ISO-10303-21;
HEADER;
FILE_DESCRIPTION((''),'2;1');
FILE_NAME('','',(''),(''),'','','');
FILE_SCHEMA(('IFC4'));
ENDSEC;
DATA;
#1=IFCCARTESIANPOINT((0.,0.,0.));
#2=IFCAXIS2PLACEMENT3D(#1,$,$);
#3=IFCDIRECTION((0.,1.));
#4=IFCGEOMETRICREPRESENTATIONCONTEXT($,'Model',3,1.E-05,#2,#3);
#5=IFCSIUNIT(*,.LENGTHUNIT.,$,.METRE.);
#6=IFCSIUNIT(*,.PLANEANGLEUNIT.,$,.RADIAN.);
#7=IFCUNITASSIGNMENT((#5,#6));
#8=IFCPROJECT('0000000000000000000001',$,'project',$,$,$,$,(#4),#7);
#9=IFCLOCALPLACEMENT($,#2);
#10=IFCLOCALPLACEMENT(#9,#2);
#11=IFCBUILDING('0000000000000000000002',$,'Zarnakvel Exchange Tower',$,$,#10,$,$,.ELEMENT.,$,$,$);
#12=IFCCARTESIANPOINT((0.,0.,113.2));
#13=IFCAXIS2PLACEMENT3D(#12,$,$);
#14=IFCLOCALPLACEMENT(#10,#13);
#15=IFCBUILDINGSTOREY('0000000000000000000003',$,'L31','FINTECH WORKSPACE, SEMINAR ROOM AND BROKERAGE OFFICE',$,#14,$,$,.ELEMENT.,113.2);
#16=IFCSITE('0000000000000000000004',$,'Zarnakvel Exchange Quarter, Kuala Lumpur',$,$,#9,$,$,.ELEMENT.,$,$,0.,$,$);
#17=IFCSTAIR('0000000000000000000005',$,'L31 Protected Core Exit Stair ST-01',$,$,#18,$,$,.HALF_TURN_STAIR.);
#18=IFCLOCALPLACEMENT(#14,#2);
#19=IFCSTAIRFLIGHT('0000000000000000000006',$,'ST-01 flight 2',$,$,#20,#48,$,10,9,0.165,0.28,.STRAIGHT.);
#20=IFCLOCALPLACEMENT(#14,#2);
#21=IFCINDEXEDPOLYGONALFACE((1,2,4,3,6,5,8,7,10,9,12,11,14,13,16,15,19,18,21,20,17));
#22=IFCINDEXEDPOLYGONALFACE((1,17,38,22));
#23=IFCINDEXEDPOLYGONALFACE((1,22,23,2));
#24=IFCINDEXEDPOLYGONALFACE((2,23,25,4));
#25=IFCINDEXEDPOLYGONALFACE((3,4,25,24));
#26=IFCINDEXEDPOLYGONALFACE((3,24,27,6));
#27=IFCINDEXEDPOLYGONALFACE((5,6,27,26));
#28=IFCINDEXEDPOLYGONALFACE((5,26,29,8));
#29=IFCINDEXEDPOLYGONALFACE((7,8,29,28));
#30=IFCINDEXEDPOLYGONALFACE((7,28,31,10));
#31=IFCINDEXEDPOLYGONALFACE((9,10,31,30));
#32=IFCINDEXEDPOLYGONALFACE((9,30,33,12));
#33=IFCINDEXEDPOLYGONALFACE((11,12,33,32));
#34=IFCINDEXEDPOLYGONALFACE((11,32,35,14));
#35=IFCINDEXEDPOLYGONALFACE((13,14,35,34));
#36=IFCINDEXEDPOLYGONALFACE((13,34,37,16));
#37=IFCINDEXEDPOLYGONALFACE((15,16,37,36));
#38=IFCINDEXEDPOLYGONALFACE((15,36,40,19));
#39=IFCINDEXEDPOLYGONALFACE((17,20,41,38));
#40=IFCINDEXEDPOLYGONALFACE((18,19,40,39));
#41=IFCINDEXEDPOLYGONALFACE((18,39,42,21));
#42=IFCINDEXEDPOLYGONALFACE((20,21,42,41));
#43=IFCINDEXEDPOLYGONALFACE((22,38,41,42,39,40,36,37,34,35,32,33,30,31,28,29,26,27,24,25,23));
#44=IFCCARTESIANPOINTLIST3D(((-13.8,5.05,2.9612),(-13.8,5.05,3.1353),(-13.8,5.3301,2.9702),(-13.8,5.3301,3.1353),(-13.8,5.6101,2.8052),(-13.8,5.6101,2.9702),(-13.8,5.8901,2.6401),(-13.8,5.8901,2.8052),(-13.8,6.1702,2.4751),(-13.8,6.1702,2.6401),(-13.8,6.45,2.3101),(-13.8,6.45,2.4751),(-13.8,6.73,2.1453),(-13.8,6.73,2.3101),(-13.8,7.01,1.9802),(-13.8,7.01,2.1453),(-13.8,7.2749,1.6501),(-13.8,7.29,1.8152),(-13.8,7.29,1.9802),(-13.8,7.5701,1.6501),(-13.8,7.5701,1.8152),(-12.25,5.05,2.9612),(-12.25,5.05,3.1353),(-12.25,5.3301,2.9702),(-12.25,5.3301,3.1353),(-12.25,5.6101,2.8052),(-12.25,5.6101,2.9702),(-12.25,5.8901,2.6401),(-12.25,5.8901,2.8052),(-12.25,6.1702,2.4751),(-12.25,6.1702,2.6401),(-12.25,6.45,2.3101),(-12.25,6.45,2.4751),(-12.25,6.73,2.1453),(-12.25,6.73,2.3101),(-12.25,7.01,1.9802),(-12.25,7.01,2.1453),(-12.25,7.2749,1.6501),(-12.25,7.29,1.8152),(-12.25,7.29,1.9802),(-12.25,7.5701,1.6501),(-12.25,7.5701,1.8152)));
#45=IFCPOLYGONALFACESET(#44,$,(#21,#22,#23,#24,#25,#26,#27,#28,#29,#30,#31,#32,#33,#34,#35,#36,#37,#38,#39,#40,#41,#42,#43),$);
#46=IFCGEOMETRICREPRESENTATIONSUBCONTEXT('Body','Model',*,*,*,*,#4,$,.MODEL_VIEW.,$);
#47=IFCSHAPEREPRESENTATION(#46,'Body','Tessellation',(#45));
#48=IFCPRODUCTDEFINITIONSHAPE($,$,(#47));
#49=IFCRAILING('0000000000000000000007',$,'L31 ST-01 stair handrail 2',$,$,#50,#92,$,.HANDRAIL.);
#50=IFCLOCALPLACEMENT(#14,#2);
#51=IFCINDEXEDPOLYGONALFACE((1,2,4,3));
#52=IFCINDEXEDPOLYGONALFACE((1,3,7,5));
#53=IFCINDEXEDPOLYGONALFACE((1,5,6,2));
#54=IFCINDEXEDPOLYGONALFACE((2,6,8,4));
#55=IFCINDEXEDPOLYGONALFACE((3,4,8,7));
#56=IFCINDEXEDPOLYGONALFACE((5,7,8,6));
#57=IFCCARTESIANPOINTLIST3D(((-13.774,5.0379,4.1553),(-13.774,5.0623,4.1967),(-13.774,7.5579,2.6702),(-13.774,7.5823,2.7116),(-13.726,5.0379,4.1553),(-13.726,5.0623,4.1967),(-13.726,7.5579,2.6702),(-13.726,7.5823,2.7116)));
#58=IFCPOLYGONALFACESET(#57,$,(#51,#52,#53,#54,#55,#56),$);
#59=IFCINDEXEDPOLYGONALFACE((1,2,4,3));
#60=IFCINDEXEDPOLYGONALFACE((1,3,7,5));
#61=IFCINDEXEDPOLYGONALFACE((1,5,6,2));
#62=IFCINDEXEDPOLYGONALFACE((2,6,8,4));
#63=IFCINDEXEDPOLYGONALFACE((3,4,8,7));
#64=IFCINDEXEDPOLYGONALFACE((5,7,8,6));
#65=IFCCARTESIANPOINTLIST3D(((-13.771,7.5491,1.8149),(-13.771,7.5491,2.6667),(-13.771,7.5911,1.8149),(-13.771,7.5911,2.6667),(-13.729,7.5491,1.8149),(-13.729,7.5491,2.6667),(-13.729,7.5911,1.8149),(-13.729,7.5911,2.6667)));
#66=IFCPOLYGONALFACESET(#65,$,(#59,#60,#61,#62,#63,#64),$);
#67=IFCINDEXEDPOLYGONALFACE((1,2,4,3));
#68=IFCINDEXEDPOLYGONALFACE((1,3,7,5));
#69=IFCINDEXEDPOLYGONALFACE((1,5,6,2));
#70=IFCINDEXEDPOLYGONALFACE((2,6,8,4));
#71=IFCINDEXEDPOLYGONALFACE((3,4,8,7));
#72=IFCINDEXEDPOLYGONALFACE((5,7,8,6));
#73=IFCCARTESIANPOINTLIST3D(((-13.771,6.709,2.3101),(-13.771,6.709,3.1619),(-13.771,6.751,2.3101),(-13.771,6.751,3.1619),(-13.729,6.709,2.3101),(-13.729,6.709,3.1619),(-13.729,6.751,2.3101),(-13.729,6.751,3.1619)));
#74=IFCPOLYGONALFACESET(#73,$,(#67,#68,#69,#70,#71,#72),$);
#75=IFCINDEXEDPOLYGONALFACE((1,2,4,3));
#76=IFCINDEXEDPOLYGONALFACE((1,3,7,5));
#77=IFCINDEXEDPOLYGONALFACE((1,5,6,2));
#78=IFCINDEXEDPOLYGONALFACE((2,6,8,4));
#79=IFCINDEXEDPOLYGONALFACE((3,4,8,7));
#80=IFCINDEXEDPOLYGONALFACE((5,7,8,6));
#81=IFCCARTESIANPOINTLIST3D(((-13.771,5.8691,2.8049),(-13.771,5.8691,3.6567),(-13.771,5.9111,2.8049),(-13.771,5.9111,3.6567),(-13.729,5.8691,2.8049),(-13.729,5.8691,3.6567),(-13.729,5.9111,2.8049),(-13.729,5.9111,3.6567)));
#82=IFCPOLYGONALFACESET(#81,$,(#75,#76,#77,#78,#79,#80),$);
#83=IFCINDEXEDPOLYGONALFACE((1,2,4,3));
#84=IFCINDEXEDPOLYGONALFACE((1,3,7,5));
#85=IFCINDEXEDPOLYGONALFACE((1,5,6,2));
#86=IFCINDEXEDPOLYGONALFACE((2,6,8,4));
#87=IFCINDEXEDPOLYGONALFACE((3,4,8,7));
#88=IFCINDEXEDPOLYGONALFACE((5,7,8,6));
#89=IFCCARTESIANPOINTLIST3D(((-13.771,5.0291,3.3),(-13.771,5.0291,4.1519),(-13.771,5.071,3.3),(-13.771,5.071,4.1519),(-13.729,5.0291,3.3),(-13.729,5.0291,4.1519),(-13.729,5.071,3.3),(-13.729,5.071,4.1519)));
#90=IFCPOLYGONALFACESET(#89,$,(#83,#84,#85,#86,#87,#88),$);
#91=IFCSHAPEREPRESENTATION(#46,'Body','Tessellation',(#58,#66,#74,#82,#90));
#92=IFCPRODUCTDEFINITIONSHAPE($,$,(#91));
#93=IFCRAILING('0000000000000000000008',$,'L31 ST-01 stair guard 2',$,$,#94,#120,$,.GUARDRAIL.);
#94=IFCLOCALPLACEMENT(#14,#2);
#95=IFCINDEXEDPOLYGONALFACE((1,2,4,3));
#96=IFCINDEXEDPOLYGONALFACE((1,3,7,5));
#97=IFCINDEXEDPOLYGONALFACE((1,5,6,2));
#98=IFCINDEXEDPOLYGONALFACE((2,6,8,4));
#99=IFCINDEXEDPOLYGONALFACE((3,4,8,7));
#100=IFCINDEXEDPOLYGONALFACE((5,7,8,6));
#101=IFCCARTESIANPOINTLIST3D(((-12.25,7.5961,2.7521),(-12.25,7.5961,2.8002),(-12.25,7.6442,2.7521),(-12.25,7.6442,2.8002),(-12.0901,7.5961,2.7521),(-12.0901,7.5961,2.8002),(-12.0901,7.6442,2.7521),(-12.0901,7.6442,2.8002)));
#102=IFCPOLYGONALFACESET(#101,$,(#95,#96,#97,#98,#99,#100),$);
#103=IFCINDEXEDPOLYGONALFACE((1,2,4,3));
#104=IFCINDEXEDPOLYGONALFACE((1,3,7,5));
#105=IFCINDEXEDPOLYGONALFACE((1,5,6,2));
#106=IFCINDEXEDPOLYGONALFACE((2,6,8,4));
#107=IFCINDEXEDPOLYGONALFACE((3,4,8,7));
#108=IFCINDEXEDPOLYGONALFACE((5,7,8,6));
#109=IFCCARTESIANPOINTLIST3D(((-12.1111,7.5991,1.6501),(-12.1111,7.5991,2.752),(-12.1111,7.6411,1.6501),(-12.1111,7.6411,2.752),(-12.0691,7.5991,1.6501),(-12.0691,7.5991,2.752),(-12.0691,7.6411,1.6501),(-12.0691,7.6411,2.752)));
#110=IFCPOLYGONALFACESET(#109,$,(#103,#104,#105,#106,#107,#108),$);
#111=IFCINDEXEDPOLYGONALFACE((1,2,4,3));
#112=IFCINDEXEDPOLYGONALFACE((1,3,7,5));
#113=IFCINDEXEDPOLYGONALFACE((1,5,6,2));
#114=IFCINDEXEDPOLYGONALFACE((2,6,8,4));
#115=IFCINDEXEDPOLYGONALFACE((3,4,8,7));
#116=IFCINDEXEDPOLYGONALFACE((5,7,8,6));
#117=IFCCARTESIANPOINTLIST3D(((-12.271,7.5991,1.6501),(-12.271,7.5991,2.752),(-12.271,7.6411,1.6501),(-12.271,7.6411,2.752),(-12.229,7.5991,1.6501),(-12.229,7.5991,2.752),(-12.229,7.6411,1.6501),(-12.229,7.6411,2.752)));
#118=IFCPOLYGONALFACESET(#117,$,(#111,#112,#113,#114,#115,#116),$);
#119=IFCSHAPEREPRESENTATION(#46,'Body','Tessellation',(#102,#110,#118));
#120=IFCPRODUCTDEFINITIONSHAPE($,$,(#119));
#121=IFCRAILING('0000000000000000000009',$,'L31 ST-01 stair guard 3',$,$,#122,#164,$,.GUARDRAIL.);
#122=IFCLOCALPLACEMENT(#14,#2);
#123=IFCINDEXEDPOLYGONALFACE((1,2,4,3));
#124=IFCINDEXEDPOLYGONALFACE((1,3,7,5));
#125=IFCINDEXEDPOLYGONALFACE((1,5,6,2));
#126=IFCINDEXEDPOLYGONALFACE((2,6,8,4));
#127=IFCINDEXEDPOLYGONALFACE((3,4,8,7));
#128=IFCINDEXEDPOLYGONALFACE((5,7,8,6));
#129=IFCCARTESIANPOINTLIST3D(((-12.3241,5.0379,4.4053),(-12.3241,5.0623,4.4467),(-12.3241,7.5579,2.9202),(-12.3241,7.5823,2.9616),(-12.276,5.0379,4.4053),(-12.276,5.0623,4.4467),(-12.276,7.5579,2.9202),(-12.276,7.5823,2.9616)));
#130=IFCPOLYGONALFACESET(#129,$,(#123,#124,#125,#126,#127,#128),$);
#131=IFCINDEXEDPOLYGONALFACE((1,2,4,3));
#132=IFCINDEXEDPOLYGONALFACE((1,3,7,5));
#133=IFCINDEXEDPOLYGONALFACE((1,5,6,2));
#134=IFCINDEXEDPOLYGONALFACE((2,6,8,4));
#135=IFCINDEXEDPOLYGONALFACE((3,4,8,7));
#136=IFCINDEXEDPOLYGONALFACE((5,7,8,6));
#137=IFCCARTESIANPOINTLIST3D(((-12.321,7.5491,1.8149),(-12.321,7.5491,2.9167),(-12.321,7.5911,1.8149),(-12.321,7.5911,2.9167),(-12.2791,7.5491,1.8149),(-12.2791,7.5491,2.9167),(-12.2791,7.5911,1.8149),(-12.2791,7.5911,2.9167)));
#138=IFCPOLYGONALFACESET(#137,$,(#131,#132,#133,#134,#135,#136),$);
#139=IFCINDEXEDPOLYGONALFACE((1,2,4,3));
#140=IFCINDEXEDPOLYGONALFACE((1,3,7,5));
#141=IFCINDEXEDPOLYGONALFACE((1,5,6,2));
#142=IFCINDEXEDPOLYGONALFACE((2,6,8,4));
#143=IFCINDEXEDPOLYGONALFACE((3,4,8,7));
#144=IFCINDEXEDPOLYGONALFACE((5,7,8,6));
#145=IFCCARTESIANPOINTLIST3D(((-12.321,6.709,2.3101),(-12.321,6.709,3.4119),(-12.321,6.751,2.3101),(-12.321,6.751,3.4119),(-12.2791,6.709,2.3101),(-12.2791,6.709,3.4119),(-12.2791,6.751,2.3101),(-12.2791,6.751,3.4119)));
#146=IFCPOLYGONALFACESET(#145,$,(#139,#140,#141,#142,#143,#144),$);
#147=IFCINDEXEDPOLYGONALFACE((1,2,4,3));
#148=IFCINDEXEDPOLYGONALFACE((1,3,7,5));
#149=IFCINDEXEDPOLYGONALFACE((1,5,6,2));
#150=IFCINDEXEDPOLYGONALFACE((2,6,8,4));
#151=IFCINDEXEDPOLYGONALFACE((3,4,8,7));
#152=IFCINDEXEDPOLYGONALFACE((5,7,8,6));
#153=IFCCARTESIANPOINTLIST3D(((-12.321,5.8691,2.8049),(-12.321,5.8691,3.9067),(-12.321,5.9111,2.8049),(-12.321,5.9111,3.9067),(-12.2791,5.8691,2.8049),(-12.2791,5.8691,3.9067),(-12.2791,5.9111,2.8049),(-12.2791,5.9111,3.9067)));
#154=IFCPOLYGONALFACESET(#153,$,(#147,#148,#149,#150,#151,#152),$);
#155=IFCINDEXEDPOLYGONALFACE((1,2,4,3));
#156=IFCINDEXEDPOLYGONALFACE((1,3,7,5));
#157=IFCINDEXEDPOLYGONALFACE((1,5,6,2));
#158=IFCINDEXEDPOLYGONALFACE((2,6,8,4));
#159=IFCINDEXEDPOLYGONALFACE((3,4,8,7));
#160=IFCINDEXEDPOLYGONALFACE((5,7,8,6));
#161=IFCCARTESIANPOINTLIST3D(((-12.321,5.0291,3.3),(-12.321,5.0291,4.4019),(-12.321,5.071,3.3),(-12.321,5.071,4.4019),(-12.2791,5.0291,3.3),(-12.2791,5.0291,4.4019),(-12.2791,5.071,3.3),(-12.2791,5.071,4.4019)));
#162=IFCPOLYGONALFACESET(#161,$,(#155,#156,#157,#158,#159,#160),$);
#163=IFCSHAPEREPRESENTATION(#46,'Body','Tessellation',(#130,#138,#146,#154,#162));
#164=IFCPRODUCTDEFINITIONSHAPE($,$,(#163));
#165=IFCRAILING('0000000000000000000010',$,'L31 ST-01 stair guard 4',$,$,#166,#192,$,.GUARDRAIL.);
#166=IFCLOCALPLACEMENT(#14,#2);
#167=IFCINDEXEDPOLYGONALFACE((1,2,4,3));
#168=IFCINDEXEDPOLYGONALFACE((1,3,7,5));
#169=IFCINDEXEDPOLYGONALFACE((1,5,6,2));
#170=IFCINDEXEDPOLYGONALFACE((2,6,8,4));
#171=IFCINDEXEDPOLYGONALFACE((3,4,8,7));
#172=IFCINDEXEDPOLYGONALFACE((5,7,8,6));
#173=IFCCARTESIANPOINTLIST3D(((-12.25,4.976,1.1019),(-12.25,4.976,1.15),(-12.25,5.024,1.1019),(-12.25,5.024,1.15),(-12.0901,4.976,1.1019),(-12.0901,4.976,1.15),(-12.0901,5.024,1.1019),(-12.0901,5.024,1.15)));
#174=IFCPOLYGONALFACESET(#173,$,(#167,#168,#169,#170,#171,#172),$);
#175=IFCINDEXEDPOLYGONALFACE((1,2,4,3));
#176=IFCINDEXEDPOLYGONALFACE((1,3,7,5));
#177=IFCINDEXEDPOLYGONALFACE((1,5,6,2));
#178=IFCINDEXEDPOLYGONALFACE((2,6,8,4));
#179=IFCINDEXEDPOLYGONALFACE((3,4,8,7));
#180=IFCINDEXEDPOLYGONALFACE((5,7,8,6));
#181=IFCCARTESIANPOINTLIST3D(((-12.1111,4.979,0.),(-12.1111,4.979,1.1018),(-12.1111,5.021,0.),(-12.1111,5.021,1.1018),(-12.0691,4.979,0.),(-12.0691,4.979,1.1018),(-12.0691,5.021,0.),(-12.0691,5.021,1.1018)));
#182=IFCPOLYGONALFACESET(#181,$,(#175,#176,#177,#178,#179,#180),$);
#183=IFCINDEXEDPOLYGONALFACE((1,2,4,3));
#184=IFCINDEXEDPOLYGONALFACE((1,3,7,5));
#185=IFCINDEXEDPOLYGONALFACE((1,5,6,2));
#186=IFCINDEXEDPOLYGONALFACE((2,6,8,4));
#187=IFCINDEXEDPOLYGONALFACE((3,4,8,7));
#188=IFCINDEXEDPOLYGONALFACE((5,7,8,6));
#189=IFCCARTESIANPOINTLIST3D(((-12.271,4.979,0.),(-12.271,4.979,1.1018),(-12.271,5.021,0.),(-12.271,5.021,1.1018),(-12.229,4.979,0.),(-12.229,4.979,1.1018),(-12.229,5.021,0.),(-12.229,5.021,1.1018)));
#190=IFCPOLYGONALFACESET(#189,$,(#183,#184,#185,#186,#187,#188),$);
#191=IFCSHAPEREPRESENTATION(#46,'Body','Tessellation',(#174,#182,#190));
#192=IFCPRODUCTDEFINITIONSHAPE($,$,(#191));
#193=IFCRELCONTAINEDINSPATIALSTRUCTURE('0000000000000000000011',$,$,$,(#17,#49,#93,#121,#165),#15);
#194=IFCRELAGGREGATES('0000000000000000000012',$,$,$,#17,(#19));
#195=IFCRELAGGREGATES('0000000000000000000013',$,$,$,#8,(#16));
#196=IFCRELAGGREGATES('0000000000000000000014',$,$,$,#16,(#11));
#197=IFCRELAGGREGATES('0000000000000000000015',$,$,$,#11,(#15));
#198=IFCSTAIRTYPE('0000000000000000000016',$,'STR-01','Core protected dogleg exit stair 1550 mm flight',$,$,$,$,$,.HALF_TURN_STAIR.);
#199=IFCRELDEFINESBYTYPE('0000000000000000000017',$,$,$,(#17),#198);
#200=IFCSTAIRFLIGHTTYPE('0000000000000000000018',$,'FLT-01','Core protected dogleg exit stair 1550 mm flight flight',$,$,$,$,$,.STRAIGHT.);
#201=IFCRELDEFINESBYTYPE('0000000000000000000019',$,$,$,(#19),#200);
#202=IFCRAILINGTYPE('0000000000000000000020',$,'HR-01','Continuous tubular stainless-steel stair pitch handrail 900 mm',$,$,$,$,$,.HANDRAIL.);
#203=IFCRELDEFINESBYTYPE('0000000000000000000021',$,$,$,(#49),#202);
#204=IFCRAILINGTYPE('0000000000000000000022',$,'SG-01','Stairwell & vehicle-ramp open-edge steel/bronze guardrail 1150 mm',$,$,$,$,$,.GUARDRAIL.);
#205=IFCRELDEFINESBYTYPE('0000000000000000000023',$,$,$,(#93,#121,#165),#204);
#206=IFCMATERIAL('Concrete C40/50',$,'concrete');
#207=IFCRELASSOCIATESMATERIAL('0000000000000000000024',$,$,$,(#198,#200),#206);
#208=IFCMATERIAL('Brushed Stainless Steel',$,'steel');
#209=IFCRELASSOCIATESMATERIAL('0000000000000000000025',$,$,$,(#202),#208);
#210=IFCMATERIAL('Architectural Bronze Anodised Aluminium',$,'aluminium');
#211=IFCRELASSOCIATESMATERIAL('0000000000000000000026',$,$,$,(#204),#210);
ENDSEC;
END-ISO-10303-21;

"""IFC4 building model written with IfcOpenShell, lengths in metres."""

from ifc_helpers import new_model, si_unit, direction, frame, origin, origin_2d, place, context, subcontext, project, spatial, polyline, rectangle, outline, extrude, material, type_object, element, aggregate, save


model = new_model("IFC4")

# Units and contexts
model_context = context("Model", 3, precision=1e-05, world=origin(), true_north=direction((0.0, 1.0)))
body_context = subcontext(model_context, "Body", "Model", "MODEL_VIEW")
ifc_project = project(units=[si_unit("LENGTHUNIT", "METRE"), si_unit("PLANEANGLEUNIT", "RADIAN")], contexts=[model_context])

# Site, building, storey
site_placement = place(None, origin())
site = spatial("IfcSite", under=ifc_project, at=site_placement, Name="Zarnakvel Exchange Quarter, Kuala Lumpur", CompositionType="ELEMENT", RefElevation=0.0)
building_placement = place(site_placement, origin())
building = spatial("IfcBuilding", under=site, at=building_placement, Name="Zarnakvel Exchange Tower", CompositionType="ELEMENT")
storey_placement = place(building_placement, frame((0.0, 0.0, 113.2)))
storey = spatial("IfcBuildingStorey", under=building, at=storey_placement, Name="L31", Description="FINTECH WORKSPACE, SEMINAR ROOM AND BROKERAGE OFFICE", CompositionType="ELEMENT", Elevation=113.2)

# Shared definitions
ifc_material_1 = material(Name="Architectural Bronze Anodised Aluminium", Category="aluminium")

# Stair, stair flight
ifc_material_2 = material(Name="Concrete C40/50", Category="concrete")
stair_type = type_object("IfcStairType", Name="STR-01", Description="Core protected dogleg exit stair 1550 mm flight", PredefinedType="HALF_TURN_STAIR", material=ifc_material_2)
stair_placement = place(storey_placement, origin())
stair = element("IfcStair", 1, at=stair_placement, inside=storey, type_object=stair_type, Name="L31 Protected Core Exit Stair ST-01", PredefinedType="HALF_TURN_STAIR")
stair_flight_type = type_object("IfcStairFlightType", Name="FLT-01", Description="Core protected dogleg exit stair 1550 mm flight flight", PredefinedType="STRAIGHT", material=ifc_material_2)
stair_flight_placement = place(storey_placement, frame((-13.0249, 7.5701, 1.6501), z_axis=(0.0, 0.0, 1.0), x_axis=(0.0, -1.0, 0.0)))
stair_flight = element("IfcStairFlight", 2, at=stair_flight_placement, type_object=stair_flight_type, Name="ST-01 flight 2", NumberOfRisers=10, NumberOfTreads=9, PredefinedType="STRAIGHT", RiserHeight=0.165, TreadLength=0.28, context=body_context, shape_type="SweptSolid", body=[
    extrude(outline(polyline([(0.0, 0.0), (0.0, 0.165), (0.28, 0.165), (0.28, 0.3301), (0.5601, 0.3301), (0.5601, 0.4951), (0.8401, 0.4951), (0.8401, 0.6599), (1.1201, 0.6599), (1.1201, 0.825), (1.3999, 0.825), (1.3999, 0.99), (1.6799, 0.99), (1.6799, 1.155), (1.96, 1.155), (1.96, 1.3201), (2.24, 1.3201), (2.24, 1.4851), (2.52, 1.4851), (2.52, 1.6499), (2.52, 1.311), (0.2952, 0.0), (0.0, 0.0)])), frame((0.0, 0.7749, 0.0), z_axis=(0.0, -1.0, 0.0), x_axis=(1.0, 0.0, 0.0)), (0.0, 0.0, 1.0), 1.55),
])
aggregate(stair, [stair_flight])

# Railings
ifc_material_3 = material(Name="Brushed Stainless Steel", Category="steel")
railing_type_1 = type_object("IfcRailingType", Name="HR-01", Description="Continuous tubular stainless-steel stair pitch handrail 900 mm", PredefinedType="HANDRAIL", material=ifc_material_3)
railing_1_placement = place(storey_placement, frame((-13.75, 7.5701, 1.8149)))
element("IfcRailing", 3, at=railing_1_placement, inside=storey, type_object=railing_type_1, Name="L31 ST-01 stair handrail 2", PredefinedType="HANDRAIL", context=body_context, shape_type="SweptSolid", body=[
    extrude(rectangle(XDim=0.0481, YDim=0.0481, at=origin_2d()), frame((0.0, 0.0, 0.876), z_axis=(0.0, -0.861524, 0.507717), x_axis=(1.0, 0.0, 0.0)), (0.0, 0.0, 1.0), 2.925),
    extrude(rectangle(XDim=0.042, YDim=0.042, at=origin_2d()), origin(), (0.0, 0.0, 1.0), 0.8518),
    extrude(rectangle(XDim=0.042, YDim=0.042, at=origin_2d()), frame((0.0, -0.8401, 0.4951)), (0.0, 0.0, 1.0), 0.8518),
    extrude(rectangle(XDim=0.042, YDim=0.042, at=origin_2d()), frame((0.0, -1.6799, 0.99)), (0.0, 0.0, 1.0), 0.8518),
    extrude(rectangle(XDim=0.042, YDim=0.042, at=origin_2d()), frame((0.0, -2.52, 1.4851)), (0.0, 0.0, 1.0), 0.8518),
])
railing_type_2 = type_object("IfcRailingType", Name="SG-01", Description="Stairwell & vehicle-ramp open-edge steel/bronze guardrail 1150 mm", PredefinedType="GUARDRAIL", material=ifc_material_1)
railing_2_placement = place(storey_placement, frame((-12.0901, 7.6201, 1.6501)))
element("IfcRailing", 4, at=railing_2_placement, inside=storey, type_object=railing_type_2, Name="L31 ST-01 stair guard 2", PredefinedType="GUARDRAIL", context=body_context, shape_type="SweptSolid", body=[
    extrude(rectangle(XDim=0.0481, YDim=0.0481, at=origin_2d()), frame((0.0, 0.0, 1.126), z_axis=(-1.0, 0.0, 0.0), x_axis=(0.0, -1.0, 0.0)), (0.0, 0.0, 1.0), 0.1599),
    extrude(rectangle(XDim=0.042, YDim=0.042, at=origin_2d()), origin(), (0.0, 0.0, 1.0), 1.1018),
    extrude(rectangle(XDim=0.042, YDim=0.042, at=origin_2d()), frame((-0.1599, 0.0, 0.0)), (0.0, 0.0, 1.0), 1.1018),
])
railing_3_placement = place(storey_placement, frame((-12.3, 7.5701, 1.8149)))
element("IfcRailing", 5, at=railing_3_placement, inside=storey, type_object=railing_type_2, Name="L31 ST-01 stair guard 3", PredefinedType="GUARDRAIL", context=body_context, shape_type="SweptSolid", body=[
    extrude(rectangle(XDim=0.0481, YDim=0.0481, at=origin_2d()), frame((0.0, 0.0, 1.126), z_axis=(0.0, -0.861524, 0.507717), x_axis=(1.0, 0.0, 0.0)), (0.0, 0.0, 1.0), 2.925),
    extrude(rectangle(XDim=0.042, YDim=0.042, at=origin_2d()), origin(), (0.0, 0.0, 1.0), 1.1018),
    extrude(rectangle(XDim=0.042, YDim=0.042, at=origin_2d()), frame((0.0, -0.8401, 0.4951)), (0.0, 0.0, 1.0), 1.1018),
    extrude(rectangle(XDim=0.042, YDim=0.042, at=origin_2d()), frame((0.0, -1.6799, 0.99)), (0.0, 0.0, 1.0), 1.1018),
    extrude(rectangle(XDim=0.042, YDim=0.042, at=origin_2d()), frame((0.0, -2.52, 1.4851)), (0.0, 0.0, 1.0), 1.1018),
])
railing_4_placement = place(storey_placement, frame((-12.0901, 5.0, 0.0)))
element("IfcRailing", 6, at=railing_4_placement, inside=storey, type_object=railing_type_2, Name="L31 ST-01 stair guard 4", PredefinedType="GUARDRAIL", context=body_context, shape_type="SweptSolid", body=[
    extrude(rectangle(XDim=0.0481, YDim=0.0481, at=origin_2d()), frame((0.0, 0.0, 1.126), z_axis=(-1.0, 0.0, 0.0), x_axis=(0.0, -1.0, 0.0)), (0.0, 0.0, 1.0), 0.1599),
    extrude(rectangle(XDim=0.042, YDim=0.042, at=origin_2d()), origin(), (0.0, 0.0, 1.0), 1.1018),
    extrude(rectangle(XDim=0.042, YDim=0.042, at=origin_2d()), frame((-0.1599, 0.0, 0.0)), (0.0, 0.0, 1.0), 1.1018),
])

save(model, "model.ifc")
